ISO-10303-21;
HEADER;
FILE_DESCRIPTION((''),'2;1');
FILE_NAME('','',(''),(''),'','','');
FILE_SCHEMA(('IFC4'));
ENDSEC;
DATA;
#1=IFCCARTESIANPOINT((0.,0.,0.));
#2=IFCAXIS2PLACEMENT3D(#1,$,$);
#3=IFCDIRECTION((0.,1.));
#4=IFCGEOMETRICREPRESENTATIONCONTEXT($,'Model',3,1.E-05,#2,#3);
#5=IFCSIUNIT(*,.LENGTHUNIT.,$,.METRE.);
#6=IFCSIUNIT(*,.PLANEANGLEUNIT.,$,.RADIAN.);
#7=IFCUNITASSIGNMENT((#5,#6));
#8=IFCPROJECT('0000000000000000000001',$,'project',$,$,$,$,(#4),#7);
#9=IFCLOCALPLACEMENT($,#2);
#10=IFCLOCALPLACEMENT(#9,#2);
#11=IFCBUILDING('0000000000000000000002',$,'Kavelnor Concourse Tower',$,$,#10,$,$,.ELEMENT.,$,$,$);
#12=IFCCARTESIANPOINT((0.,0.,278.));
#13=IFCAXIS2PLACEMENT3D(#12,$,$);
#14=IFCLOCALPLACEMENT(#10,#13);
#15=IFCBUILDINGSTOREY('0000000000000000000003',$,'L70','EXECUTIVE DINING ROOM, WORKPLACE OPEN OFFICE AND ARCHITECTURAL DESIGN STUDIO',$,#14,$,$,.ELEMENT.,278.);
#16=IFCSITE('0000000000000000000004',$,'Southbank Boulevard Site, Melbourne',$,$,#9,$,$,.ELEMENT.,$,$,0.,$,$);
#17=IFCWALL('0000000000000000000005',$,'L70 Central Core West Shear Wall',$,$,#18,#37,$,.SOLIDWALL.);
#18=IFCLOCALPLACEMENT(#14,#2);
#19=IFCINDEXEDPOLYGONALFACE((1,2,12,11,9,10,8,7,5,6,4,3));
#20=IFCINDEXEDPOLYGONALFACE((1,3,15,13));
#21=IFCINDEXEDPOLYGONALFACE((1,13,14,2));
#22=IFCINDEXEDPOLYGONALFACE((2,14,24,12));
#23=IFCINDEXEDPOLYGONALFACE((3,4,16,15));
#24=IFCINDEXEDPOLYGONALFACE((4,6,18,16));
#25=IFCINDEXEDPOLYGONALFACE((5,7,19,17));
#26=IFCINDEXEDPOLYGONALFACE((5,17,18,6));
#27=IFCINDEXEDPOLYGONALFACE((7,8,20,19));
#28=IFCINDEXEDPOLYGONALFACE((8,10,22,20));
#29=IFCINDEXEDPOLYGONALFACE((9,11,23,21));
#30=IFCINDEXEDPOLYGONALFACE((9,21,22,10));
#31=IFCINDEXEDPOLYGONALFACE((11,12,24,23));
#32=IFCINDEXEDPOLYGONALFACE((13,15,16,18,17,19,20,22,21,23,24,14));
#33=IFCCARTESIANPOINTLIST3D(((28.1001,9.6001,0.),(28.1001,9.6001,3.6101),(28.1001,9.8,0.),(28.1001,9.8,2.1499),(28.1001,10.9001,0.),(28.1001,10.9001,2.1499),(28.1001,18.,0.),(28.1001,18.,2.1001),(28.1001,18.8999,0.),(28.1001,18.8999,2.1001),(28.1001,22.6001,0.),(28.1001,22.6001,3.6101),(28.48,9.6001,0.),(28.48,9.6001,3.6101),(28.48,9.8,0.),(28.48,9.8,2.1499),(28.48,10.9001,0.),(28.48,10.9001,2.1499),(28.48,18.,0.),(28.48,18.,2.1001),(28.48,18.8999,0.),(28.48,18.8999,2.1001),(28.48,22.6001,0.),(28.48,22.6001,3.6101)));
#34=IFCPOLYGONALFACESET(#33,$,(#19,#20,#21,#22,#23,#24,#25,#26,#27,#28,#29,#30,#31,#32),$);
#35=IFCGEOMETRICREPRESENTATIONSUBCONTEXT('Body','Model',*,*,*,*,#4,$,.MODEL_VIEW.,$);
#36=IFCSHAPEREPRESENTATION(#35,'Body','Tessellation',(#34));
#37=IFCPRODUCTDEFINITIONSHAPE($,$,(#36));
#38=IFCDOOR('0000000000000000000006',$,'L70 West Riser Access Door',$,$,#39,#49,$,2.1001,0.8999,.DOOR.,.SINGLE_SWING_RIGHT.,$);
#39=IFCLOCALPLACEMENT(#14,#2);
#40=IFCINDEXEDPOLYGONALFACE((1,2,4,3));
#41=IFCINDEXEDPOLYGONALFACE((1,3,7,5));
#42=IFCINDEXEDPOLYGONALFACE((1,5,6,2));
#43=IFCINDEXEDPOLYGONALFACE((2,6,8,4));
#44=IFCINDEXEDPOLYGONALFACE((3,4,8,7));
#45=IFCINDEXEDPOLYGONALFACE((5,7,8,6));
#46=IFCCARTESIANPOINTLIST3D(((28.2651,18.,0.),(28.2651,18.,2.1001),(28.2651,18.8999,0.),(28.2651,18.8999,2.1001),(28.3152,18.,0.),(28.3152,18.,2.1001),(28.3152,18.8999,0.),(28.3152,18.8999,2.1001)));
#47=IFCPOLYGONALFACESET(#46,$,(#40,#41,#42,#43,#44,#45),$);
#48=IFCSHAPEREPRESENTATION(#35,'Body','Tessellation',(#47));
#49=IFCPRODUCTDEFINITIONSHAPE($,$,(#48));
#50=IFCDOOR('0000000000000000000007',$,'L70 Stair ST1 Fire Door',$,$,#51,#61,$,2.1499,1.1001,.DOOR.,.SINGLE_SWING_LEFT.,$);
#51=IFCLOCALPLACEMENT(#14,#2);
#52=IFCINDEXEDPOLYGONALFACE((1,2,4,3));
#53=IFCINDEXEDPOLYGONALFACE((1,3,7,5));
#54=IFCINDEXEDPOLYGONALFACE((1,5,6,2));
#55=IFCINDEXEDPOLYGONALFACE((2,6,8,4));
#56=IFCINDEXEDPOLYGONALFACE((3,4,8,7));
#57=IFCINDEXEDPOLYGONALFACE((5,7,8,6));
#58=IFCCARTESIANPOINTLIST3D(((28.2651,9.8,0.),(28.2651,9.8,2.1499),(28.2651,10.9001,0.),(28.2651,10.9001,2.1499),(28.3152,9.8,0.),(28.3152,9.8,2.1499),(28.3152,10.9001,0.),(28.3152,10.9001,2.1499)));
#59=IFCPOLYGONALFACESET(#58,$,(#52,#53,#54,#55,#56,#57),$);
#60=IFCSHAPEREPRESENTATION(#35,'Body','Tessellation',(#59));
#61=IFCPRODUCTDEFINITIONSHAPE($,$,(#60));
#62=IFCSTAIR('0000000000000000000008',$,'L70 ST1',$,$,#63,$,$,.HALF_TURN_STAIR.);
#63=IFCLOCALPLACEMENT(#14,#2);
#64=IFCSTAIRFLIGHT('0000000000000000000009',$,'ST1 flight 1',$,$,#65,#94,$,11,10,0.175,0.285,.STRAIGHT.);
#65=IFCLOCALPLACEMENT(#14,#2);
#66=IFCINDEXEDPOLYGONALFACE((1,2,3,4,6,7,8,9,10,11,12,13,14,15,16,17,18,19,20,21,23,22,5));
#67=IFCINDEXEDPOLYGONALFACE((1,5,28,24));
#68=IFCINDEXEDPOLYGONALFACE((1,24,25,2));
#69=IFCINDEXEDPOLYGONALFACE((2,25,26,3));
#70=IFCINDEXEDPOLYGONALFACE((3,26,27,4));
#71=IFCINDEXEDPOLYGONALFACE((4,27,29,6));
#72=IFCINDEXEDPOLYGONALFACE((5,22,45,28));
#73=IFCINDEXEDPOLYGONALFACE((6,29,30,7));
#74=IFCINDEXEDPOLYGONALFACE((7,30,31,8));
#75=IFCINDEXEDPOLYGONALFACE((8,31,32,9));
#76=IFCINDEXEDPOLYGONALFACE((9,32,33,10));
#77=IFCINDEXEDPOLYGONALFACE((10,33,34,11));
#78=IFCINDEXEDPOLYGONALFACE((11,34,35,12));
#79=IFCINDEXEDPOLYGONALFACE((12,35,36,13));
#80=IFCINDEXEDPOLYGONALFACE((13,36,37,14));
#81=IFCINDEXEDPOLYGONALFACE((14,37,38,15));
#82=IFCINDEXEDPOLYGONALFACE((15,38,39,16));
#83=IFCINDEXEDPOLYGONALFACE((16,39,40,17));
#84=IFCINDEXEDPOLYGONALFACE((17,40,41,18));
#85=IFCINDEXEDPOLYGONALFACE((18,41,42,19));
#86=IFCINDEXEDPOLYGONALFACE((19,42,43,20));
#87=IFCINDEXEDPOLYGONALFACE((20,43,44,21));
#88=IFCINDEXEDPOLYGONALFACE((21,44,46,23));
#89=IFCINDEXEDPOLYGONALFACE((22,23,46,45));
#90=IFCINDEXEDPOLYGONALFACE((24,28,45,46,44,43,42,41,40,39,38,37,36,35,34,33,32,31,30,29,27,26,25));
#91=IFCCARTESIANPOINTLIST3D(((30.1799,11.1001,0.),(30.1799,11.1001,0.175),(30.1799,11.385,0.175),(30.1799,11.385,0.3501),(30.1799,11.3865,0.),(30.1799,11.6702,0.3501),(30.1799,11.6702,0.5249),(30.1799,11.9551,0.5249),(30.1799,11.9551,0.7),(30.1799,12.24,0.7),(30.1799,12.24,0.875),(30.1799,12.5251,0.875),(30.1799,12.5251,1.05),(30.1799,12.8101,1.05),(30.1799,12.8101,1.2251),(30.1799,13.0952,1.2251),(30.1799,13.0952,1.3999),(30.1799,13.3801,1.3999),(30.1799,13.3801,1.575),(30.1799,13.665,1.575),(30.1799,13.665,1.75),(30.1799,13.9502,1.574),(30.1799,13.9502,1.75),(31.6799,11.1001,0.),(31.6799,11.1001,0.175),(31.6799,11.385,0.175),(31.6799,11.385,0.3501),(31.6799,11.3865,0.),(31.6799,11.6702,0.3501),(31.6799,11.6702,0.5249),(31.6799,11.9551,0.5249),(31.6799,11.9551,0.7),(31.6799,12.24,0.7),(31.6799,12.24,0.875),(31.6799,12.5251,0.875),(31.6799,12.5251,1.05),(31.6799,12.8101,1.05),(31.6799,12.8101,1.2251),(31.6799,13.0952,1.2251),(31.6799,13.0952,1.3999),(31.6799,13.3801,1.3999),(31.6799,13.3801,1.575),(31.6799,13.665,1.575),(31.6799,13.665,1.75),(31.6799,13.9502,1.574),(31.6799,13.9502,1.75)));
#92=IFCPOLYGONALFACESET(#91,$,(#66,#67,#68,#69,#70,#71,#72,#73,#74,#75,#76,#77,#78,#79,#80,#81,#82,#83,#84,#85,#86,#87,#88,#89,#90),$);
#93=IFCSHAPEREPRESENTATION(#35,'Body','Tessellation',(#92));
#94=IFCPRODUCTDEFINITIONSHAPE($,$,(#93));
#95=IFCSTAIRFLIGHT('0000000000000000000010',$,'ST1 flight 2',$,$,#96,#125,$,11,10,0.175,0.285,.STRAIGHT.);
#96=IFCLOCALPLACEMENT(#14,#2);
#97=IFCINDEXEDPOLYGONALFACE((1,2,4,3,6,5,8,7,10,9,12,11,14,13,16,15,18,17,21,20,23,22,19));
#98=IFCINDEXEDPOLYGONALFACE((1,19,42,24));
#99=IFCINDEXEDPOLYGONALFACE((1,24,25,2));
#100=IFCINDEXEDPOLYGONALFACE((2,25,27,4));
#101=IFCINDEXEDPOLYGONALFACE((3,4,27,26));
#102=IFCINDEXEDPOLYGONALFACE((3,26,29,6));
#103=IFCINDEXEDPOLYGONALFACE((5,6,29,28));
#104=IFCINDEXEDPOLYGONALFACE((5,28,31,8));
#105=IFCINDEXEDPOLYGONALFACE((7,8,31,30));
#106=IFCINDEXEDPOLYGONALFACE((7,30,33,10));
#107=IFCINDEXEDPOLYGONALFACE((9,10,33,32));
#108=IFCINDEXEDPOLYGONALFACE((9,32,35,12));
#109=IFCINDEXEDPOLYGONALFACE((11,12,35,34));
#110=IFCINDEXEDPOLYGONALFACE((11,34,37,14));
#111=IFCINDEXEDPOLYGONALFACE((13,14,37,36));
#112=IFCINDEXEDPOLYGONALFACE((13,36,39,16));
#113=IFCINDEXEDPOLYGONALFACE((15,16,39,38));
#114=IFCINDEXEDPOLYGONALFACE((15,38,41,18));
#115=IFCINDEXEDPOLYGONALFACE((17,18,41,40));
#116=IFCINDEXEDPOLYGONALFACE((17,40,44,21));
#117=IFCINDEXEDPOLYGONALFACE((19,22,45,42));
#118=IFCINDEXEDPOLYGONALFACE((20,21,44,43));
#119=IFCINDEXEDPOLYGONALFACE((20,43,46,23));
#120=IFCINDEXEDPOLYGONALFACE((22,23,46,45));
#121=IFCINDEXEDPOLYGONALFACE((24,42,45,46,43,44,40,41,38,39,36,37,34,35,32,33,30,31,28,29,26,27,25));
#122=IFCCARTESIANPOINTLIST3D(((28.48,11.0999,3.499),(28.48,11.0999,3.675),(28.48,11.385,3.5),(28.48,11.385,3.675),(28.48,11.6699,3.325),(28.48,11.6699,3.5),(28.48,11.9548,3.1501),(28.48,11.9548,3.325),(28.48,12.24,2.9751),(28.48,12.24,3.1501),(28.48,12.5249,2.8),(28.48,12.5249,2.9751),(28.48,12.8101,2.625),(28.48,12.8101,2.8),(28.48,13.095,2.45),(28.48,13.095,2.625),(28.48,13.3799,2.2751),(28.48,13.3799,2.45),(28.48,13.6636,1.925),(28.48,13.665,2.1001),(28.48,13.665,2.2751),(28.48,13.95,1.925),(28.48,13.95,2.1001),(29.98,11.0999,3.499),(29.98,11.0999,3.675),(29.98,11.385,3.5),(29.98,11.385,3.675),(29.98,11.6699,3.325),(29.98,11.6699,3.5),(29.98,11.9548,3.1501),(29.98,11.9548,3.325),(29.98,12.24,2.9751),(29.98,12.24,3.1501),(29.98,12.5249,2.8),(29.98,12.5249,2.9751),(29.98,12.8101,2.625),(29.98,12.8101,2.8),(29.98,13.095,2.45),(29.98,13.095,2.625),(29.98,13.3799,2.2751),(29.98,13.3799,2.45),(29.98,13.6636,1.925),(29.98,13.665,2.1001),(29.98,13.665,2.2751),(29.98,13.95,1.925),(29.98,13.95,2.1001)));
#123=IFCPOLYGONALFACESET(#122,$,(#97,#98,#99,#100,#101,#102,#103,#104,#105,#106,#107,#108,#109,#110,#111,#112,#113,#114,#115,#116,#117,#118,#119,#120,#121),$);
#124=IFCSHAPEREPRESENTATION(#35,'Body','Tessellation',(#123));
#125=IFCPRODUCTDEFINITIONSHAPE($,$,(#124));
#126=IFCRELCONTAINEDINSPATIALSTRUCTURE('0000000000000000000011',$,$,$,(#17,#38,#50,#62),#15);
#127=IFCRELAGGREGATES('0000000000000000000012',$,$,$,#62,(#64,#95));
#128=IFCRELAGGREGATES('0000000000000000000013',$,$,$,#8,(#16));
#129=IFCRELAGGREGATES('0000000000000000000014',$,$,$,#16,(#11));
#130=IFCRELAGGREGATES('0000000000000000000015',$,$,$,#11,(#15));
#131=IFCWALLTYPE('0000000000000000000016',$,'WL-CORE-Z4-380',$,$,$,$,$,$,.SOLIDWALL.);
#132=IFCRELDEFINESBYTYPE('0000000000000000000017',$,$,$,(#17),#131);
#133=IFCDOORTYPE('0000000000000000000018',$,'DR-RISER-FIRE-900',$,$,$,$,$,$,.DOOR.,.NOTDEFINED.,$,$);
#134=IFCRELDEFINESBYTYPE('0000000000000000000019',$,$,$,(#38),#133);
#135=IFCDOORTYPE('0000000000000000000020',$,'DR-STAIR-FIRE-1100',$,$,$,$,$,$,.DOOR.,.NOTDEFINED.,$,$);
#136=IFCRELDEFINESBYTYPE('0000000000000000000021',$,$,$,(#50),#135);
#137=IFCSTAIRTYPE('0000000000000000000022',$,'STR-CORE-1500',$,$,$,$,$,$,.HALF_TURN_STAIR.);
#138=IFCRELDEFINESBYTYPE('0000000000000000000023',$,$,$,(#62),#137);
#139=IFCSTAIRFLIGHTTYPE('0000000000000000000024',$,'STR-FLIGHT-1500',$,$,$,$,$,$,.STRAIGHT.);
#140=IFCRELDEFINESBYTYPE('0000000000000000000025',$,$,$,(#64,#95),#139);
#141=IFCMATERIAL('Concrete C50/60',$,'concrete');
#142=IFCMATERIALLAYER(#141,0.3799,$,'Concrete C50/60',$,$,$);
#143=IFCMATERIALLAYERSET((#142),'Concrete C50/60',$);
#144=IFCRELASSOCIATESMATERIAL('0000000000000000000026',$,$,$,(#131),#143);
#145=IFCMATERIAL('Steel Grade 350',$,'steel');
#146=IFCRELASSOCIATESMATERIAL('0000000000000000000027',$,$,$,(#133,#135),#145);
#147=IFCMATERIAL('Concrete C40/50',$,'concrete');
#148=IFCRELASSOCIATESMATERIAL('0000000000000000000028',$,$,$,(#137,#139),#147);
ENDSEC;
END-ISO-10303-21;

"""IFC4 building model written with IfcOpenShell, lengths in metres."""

from ifc_helpers import new_model, si_unit, direction, frame, frame_2d, origin, place, context, subcontext, project, spatial, polyline, rectangle, outline, extrude, material, layer, layer_set, type_object, element, fill, aggregate, save


model = new_model("IFC4")

# Units and contexts
model_context = context("Model", 3, precision=1e-05, world=origin(), true_north=direction((0.0, 1.0)))
body_context = subcontext(model_context, "Body", "Model", "MODEL_VIEW")
ifc_project = project(units=[si_unit("LENGTHUNIT", "METRE"), si_unit("PLANEANGLEUNIT", "RADIAN")], contexts=[model_context])

# Site, building, storey
site_placement = place(None, origin())
site = spatial("IfcSite", under=ifc_project, at=site_placement, Name="Southbank Boulevard Site, Melbourne", CompositionType="ELEMENT", RefElevation=0.0)
building_placement = place(site_placement, origin())
building = spatial("IfcBuilding", under=site, at=building_placement, Name="Kavelnor Concourse Tower", CompositionType="ELEMENT")
storey_placement = place(building_placement, frame((0.0, 0.0, 278.0)))
storey = spatial("IfcBuildingStorey", under=building, at=storey_placement, Name="L70", Description="EXECUTIVE DINING ROOM, WORKPLACE OPEN OFFICE AND ARCHITECTURAL DESIGN STUDIO", CompositionType="ELEMENT", Elevation=278.0)

# Shared definitions
ifc_material_1 = material(Name="Steel Grade 350", Category="steel")

# Wall, openings, doors
ifc_material_2 = material(Name="Concrete C50/60", Category="concrete")
ifc_layer = layer(ifc_material_2, 0.3799, Name="Concrete C50/60")
ifc_layer_set = layer_set([ifc_layer], Name="Concrete C50/60")
wall_type = type_object("IfcWallType", Name="WL-CORE-Z4-380", PredefinedType="SOLIDWALL", material=ifc_layer_set)
wall_placement = place(storey_placement, frame((28.29, 9.6001, 0.0), z_axis=(0.0, 0.0, 1.0), x_axis=(0.0, 1.0, 0.0)))
wall = element("IfcWall", 1, at=wall_placement, inside=storey, type_object=wall_type, Name="L70 Central Core West Shear Wall", PredefinedType="SOLIDWALL", context=body_context, shape_type="SweptSolid", body=[
    extrude(rectangle(XDim=13.0, YDim=0.3799, at=frame_2d((6.5, 0.0))), origin(), (0.0, 0.0, 1.0), 3.6101),
])
opening_1_placement = place(wall_placement, frame((0.2, 0.0, 0.0)))
opening_1 = element("IfcOpeningElement", 2, at=opening_1_placement, cuts=wall, PredefinedType="OPENING", context=body_context, shape_type="SweptSolid", body=[
    extrude(rectangle(XDim=1.1001, YDim=2.1499, at=frame_2d((0.55, 1.075))), frame((0.0, 0.2, 0.0), z_axis=(0.0, -1.0, 0.0), x_axis=(1.0, 0.0, 0.0)), (0.0, 0.0, 1.0), 0.3999),
])
opening_2_placement = place(wall_placement, frame((8.3999, 0.0, 0.0)))
opening_2 = element("IfcOpeningElement", 3, at=opening_2_placement, cuts=wall, PredefinedType="OPENING", context=body_context, shape_type="SweptSolid", body=[
    extrude(rectangle(XDim=0.8999, YDim=2.1001, at=frame_2d((0.45, 1.05))), frame((0.0, 0.2, 0.0), z_axis=(0.0, -1.0, 0.0), x_axis=(1.0, 0.0, 0.0)), (0.0, 0.0, 1.0), 0.3999),
])
door_type_1 = type_object("IfcDoorType", Name="DR-RISER-FIRE-900", OperationType="NOTDEFINED", PredefinedType="DOOR", material=ifc_material_1)
door_1_placement = place(opening_2_placement, origin())
door_1 = element("IfcDoor", 4, at=door_1_placement, inside=storey, type_object=door_type_1, Name="L70 West Riser Access Door", OperationType="SINGLE_SWING_RIGHT", OverallHeight=2.1001, OverallWidth=0.8999, PredefinedType="DOOR", context=body_context, shape_type="SweptSolid", body=[
    extrude(rectangle(XDim=0.8999, YDim=2.1001, at=frame_2d((0.45, 1.05))), frame((0.0, 0.0249, 0.0), z_axis=(0.0, -1.0, 0.0), x_axis=(1.0, 0.0, 0.0)), (0.0, 0.0, 1.0), 0.05),
])
fill(opening_2, door_1)
door_type_2 = type_object("IfcDoorType", Name="DR-STAIR-FIRE-1100", OperationType="NOTDEFINED", PredefinedType="DOOR", material=ifc_material_1)
door_2_placement = place(opening_1_placement, origin())
door_2 = element("IfcDoor", 5, at=door_2_placement, inside=storey, type_object=door_type_2, Name="L70 Stair ST1 Fire Door", OperationType="SINGLE_SWING_LEFT", OverallHeight=2.1499, OverallWidth=1.1001, PredefinedType="DOOR", context=body_context, shape_type="SweptSolid", body=[
    extrude(rectangle(XDim=1.1001, YDim=2.1499, at=frame_2d((0.55, 1.075))), frame((0.0, 0.0249, 0.0), z_axis=(0.0, -1.0, 0.0), x_axis=(1.0, 0.0, 0.0)), (0.0, 0.0, 1.0), 0.05),
])
fill(opening_1, door_2)

# Stair, stair flights
ifc_material_3 = material(Name="Concrete C40/50", Category="concrete")
stair_type = type_object("IfcStairType", Name="STR-CORE-1500", PredefinedType="HALF_TURN_STAIR", material=ifc_material_3)
stair_placement = place(storey_placement, origin())
stair = element("IfcStair", 6, at=stair_placement, inside=storey, type_object=stair_type, Name="L70 ST1", PredefinedType="HALF_TURN_STAIR")
stair_flight_type = type_object("IfcStairFlightType", Name="STR-FLIGHT-1500", PredefinedType="STRAIGHT", material=ifc_material_3)
stair_flight_1_placement = place(storey_placement, frame((30.9299, 11.1001, 0.0), z_axis=(0.0, 0.0, 1.0), x_axis=(0.0, 1.0, 0.0)))
stair_flight_1 = element("IfcStairFlight", 7, at=stair_flight_1_placement, type_object=stair_flight_type, Name="ST1 flight 1", NumberOfRisers=11, NumberOfTreads=10, PredefinedType="STRAIGHT", RiserHeight=0.175, TreadLength=0.285, context=body_context, shape_type="SweptSolid", body=[
    extrude(outline(polyline([(0.0, 0.0), (0.0, 0.175), (0.2849, 0.175), (0.2849, 0.3501), (0.5701, 0.3501), (0.5701, 0.5249), (0.855, 0.5249), (0.855, 0.7), (1.1399, 0.7), (1.1399, 0.875), (1.425, 0.875), (1.425, 1.05), (1.71, 1.05), (1.71, 1.2251), (1.9951, 1.2251), (1.9951, 1.3999), (2.28, 1.3999), (2.28, 1.575), (2.5649, 1.575), (2.5649, 1.75), (2.8501, 1.75), (2.8501, 1.925), (2.8501, 1.574), (0.2864, 0.0), (0.0, 0.0)])), frame((0.0, 0.75, 0.0), z_axis=(0.0, -1.0, 0.0), x_axis=(1.0, 0.0, 0.0)), (0.0, 0.0, 1.0), 1.5),
])
stair_flight_2_placement = place(storey_placement, frame((29.23, 13.95, 1.925), z_axis=(0.0, 0.0, 1.0), x_axis=(0.0, -1.0, 0.0)))
stair_flight_2 = element("IfcStairFlight", 8, at=stair_flight_2_placement, type_object=stair_flight_type, Name="ST1 flight 2", NumberOfRisers=11, NumberOfTreads=10, PredefinedType="STRAIGHT", RiserHeight=0.175, TreadLength=0.285, context=body_context, shape_type="SweptSolid", body=[
    extrude(outline(polyline([(0.0, 0.0), (0.0, 0.175), (0.2849, 0.175), (0.2849, 0.3501), (0.5701, 0.3501), (0.5701, 0.5249), (0.855, 0.5249), (0.855, 0.7), (1.1399, 0.7), (1.1399, 0.875), (1.425, 0.875), (1.425, 1.05), (1.71, 1.05), (1.71, 1.2251), (1.9951, 1.2251), (1.9951, 1.3999), (2.28, 1.3999), (2.28, 1.575), (2.5649, 1.575), (2.5649, 1.75), (2.8501, 1.75), (2.8501, 1.925), (2.8501, 1.574), (0.2864, 0.0), (0.0, 0.0)])), frame((0.0, 0.75, 0.0), z_axis=(0.0, -1.0, 0.0), x_axis=(1.0, 0.0, 0.0)), (0.0, 0.0, 1.0), 1.5),
])
aggregate(stair, [stair_flight_1, stair_flight_2])

save(model, "model.ifc")
